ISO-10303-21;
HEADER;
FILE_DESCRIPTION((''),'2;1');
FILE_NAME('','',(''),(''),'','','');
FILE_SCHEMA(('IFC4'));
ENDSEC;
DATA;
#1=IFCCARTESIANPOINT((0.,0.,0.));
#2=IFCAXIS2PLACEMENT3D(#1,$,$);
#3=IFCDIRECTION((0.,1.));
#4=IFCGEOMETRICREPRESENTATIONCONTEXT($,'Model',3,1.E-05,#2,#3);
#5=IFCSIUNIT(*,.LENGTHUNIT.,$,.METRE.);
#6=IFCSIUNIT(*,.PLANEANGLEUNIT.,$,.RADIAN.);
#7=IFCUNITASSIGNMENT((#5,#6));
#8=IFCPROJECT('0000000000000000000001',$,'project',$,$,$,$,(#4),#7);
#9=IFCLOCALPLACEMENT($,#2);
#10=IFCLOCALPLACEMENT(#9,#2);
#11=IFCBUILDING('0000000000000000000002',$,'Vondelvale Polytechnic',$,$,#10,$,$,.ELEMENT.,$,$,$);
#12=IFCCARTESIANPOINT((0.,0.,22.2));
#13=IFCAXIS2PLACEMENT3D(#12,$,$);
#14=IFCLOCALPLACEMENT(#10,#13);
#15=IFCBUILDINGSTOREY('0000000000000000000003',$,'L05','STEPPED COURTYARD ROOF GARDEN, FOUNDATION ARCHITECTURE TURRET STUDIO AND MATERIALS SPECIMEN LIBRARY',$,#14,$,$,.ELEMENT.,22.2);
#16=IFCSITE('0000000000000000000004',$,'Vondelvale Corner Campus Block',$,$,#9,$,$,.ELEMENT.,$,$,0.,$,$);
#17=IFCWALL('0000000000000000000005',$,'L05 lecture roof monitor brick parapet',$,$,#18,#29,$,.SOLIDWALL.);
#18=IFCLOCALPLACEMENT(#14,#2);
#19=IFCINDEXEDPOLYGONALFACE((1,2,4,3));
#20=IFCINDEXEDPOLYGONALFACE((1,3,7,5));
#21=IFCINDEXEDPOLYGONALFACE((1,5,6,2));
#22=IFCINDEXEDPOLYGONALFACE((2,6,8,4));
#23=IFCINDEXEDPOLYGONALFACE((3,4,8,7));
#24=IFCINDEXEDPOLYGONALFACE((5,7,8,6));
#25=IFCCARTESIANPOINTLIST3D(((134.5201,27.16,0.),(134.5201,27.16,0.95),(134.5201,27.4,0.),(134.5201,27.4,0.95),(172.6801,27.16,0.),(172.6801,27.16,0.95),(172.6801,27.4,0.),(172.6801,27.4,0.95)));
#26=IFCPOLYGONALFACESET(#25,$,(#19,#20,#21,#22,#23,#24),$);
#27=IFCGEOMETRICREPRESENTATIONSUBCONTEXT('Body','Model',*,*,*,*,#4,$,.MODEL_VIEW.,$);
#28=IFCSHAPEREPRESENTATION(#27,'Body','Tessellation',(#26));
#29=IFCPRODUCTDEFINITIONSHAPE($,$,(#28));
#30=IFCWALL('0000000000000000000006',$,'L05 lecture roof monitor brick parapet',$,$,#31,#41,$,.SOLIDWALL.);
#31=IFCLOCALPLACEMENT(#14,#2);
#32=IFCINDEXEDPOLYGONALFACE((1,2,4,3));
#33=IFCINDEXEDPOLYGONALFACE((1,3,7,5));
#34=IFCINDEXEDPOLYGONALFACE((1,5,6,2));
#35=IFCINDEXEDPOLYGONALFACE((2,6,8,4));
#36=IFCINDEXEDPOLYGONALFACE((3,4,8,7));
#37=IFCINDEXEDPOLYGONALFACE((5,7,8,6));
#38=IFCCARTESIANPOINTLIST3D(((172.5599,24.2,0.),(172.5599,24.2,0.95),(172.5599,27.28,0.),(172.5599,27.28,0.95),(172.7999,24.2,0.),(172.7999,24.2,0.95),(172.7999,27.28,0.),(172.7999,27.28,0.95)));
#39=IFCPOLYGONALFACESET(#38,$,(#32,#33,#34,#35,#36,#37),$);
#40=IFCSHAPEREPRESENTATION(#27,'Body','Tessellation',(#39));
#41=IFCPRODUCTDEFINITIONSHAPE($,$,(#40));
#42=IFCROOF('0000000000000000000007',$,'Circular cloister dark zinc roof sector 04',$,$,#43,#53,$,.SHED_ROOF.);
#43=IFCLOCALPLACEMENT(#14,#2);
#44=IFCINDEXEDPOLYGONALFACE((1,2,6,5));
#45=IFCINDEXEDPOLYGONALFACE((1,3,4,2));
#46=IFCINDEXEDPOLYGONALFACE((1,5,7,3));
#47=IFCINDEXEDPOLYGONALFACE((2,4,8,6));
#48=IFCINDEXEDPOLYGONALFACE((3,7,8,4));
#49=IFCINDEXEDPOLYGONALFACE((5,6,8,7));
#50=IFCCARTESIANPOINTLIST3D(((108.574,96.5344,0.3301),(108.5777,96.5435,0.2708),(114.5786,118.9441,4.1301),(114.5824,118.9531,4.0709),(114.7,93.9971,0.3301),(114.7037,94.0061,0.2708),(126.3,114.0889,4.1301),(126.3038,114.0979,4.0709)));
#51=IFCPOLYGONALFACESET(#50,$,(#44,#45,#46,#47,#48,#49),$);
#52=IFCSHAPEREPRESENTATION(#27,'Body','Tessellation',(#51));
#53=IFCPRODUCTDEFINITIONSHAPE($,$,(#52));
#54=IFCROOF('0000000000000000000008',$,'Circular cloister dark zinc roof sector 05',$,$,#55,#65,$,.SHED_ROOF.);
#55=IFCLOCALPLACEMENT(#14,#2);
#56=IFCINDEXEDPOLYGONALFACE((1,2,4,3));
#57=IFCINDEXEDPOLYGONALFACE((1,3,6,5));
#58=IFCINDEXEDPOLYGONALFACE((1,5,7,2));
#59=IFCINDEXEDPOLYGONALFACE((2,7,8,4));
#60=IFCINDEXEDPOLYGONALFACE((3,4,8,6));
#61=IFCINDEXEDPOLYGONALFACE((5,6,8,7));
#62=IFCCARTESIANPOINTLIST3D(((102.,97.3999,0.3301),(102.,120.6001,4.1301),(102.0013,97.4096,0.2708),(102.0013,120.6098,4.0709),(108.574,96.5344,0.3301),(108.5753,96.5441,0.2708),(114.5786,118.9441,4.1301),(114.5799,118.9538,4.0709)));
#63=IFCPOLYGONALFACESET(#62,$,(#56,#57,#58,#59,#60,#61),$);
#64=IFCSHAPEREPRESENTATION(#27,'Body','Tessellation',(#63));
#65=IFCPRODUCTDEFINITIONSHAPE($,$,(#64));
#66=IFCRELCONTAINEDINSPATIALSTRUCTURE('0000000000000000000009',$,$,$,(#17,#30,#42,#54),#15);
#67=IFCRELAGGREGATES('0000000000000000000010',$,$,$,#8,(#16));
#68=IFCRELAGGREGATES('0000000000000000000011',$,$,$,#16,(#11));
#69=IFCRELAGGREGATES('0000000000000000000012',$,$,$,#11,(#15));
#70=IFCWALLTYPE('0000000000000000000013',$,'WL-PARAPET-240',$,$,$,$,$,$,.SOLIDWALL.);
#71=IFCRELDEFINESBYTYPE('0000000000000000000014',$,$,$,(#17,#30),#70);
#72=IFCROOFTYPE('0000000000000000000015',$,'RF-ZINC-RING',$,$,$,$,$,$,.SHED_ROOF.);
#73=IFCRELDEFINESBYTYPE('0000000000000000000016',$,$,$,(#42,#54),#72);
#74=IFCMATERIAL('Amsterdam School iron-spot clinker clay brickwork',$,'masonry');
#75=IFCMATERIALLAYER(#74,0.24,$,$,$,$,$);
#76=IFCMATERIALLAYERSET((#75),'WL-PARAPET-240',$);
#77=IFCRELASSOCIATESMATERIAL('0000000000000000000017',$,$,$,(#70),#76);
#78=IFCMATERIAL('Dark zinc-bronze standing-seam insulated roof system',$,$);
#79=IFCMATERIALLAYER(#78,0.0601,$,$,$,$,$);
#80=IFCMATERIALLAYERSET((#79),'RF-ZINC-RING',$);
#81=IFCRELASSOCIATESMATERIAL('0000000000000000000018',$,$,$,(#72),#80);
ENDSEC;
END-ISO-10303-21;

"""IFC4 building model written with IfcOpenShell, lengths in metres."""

from ifc_helpers import new_model, si_unit, direction, frame, frame_2d, origin, place, context, subcontext, project, spatial, polyline, rectangle, outline, extrude, material, layer, layer_set, type_object, element, save


model = new_model("IFC4")

# Units and contexts
model_context = context("Model", 3, precision=1e-05, world=origin(), true_north=direction((0.0, 1.0)))
body_context = subcontext(model_context, "Body", "Model", "MODEL_VIEW")
ifc_project = project(units=[si_unit("LENGTHUNIT", "METRE"), si_unit("PLANEANGLEUNIT", "RADIAN")], contexts=[model_context])

# Site, building, storey
site_placement = place(None, origin())
site = spatial("IfcSite", under=ifc_project, at=site_placement, Name="Vondelvale Corner Campus Block", CompositionType="ELEMENT", RefElevation=0.0)
building_placement = place(site_placement, origin())
building = spatial("IfcBuilding", under=site, at=building_placement, Name="Vondelvale Polytechnic", CompositionType="ELEMENT")
storey_placement = place(building_placement, frame((0.0, 0.0, 22.2)))
storey = spatial("IfcBuildingStorey", under=building, at=storey_placement, Name="L05", Description="STEPPED COURTYARD ROOF GARDEN, FOUNDATION ARCHITECTURE TURRET STUDIO AND MATERIALS SPECIMEN LIBRARY", CompositionType="ELEMENT", Elevation=22.2)

# Walls
ifc_material_1 = material(Name="Amsterdam School iron-spot clinker clay brickwork", Category="masonry")
ifc_layer_1 = layer(ifc_material_1, 0.24)
ifc_layer_set_1 = layer_set([ifc_layer_1], Name="WL-PARAPET-240")
wall_type_1 = type_object("IfcWallType", Name="WL-PARAPET-240", PredefinedType="SOLIDWALL", material=ifc_layer_set_1)
wall_1_placement = place(storey_placement, frame((134.52, 27.28, 0.0), z_axis=(0.0, 0.0, 1.0), x_axis=(1.0, 0.0, 0.0)))
element("IfcWall", 1, at=wall_1_placement, inside=storey, type_object=wall_type_1, Name="L05 lecture roof monitor brick parapet", PredefinedType="SOLIDWALL", context=body_context, shape_type="SweptSolid", body=[
    extrude(rectangle(XDim=38.1599, YDim=0.24, at=frame_2d((19.0801, 0.0))), origin(), (0.0, 0.0, 1.0), 0.95),
])
wall_2_placement = place(storey_placement, frame((172.6799, 27.28, 0.0), z_axis=(0.0, 0.0, 1.0), x_axis=(0.0, -1.0, 0.0)))
element("IfcWall", 2, at=wall_2_placement, inside=storey, type_object=wall_type_1, Name="L05 lecture roof monitor brick parapet", PredefinedType="SOLIDWALL", context=body_context, shape_type="SweptSolid", body=[
    extrude(rectangle(XDim=3.0801, YDim=0.24, at=frame_2d((1.54, 0.0))), origin(), (0.0, 0.0, 1.0), 0.95),
])

# Roofs
ifc_material_2 = material(Name="Dark zinc-bronze standing-seam insulated roof system")
ifc_layer_2 = layer(ifc_material_2, 0.0601)
ifc_layer_set_2 = layer_set([ifc_layer_2], Name="RF-ZINC-RING")
roof_type = type_object("IfcRoofType", Name="RF-ZINC-RING", PredefinedType="SHED_ROOF", material=ifc_layer_set_2)
roof_1_placement = place(storey_placement, frame((114.7, 93.9971, 0.3301), z_axis=(-0.062376, -0.150591, 0.986626), x_axis=(0.493428, 0.854635, 0.16164)))
element("IfcRoof", 3, at=roof_1_placement, inside=storey, type_object=roof_type, Name="Circular cloister dark zinc roof sector 04", PredefinedType="SHED_ROOF", context=body_context, shape_type="SweptSolid", body=[
    extrude(outline(polyline([(0.0, 0.0), (23.5092, 0.0), (21.875, 12.5815), (-0.8542, 6.5754), (0.0, 0.0)])), origin(), (0.0, 0.0, -1.0), 0.0601),
])
roof_2_placement = place(storey_placement, frame((108.574, 96.5344, 0.3301), z_axis=(-0.021275, -0.161603, 0.986626), x_axis=(0.255415, 0.953224, 0.16164)))
element("IfcRoof", 4, at=roof_2_placement, inside=storey, type_object=roof_type, Name="Circular cloister dark zinc roof sector 05", PredefinedType="SHED_ROOF", context=body_context, shape_type="SweptSolid", body=[
    extrude(outline(polyline([(0.0, 0.0), (23.5093, 0.0), (21.8751, 12.5815), (-0.8541, 6.5755), (0.0, 0.0)])), origin(), (0.0, 0.0, -1.0), 0.0601),
])

save(model, "model.ifc")
